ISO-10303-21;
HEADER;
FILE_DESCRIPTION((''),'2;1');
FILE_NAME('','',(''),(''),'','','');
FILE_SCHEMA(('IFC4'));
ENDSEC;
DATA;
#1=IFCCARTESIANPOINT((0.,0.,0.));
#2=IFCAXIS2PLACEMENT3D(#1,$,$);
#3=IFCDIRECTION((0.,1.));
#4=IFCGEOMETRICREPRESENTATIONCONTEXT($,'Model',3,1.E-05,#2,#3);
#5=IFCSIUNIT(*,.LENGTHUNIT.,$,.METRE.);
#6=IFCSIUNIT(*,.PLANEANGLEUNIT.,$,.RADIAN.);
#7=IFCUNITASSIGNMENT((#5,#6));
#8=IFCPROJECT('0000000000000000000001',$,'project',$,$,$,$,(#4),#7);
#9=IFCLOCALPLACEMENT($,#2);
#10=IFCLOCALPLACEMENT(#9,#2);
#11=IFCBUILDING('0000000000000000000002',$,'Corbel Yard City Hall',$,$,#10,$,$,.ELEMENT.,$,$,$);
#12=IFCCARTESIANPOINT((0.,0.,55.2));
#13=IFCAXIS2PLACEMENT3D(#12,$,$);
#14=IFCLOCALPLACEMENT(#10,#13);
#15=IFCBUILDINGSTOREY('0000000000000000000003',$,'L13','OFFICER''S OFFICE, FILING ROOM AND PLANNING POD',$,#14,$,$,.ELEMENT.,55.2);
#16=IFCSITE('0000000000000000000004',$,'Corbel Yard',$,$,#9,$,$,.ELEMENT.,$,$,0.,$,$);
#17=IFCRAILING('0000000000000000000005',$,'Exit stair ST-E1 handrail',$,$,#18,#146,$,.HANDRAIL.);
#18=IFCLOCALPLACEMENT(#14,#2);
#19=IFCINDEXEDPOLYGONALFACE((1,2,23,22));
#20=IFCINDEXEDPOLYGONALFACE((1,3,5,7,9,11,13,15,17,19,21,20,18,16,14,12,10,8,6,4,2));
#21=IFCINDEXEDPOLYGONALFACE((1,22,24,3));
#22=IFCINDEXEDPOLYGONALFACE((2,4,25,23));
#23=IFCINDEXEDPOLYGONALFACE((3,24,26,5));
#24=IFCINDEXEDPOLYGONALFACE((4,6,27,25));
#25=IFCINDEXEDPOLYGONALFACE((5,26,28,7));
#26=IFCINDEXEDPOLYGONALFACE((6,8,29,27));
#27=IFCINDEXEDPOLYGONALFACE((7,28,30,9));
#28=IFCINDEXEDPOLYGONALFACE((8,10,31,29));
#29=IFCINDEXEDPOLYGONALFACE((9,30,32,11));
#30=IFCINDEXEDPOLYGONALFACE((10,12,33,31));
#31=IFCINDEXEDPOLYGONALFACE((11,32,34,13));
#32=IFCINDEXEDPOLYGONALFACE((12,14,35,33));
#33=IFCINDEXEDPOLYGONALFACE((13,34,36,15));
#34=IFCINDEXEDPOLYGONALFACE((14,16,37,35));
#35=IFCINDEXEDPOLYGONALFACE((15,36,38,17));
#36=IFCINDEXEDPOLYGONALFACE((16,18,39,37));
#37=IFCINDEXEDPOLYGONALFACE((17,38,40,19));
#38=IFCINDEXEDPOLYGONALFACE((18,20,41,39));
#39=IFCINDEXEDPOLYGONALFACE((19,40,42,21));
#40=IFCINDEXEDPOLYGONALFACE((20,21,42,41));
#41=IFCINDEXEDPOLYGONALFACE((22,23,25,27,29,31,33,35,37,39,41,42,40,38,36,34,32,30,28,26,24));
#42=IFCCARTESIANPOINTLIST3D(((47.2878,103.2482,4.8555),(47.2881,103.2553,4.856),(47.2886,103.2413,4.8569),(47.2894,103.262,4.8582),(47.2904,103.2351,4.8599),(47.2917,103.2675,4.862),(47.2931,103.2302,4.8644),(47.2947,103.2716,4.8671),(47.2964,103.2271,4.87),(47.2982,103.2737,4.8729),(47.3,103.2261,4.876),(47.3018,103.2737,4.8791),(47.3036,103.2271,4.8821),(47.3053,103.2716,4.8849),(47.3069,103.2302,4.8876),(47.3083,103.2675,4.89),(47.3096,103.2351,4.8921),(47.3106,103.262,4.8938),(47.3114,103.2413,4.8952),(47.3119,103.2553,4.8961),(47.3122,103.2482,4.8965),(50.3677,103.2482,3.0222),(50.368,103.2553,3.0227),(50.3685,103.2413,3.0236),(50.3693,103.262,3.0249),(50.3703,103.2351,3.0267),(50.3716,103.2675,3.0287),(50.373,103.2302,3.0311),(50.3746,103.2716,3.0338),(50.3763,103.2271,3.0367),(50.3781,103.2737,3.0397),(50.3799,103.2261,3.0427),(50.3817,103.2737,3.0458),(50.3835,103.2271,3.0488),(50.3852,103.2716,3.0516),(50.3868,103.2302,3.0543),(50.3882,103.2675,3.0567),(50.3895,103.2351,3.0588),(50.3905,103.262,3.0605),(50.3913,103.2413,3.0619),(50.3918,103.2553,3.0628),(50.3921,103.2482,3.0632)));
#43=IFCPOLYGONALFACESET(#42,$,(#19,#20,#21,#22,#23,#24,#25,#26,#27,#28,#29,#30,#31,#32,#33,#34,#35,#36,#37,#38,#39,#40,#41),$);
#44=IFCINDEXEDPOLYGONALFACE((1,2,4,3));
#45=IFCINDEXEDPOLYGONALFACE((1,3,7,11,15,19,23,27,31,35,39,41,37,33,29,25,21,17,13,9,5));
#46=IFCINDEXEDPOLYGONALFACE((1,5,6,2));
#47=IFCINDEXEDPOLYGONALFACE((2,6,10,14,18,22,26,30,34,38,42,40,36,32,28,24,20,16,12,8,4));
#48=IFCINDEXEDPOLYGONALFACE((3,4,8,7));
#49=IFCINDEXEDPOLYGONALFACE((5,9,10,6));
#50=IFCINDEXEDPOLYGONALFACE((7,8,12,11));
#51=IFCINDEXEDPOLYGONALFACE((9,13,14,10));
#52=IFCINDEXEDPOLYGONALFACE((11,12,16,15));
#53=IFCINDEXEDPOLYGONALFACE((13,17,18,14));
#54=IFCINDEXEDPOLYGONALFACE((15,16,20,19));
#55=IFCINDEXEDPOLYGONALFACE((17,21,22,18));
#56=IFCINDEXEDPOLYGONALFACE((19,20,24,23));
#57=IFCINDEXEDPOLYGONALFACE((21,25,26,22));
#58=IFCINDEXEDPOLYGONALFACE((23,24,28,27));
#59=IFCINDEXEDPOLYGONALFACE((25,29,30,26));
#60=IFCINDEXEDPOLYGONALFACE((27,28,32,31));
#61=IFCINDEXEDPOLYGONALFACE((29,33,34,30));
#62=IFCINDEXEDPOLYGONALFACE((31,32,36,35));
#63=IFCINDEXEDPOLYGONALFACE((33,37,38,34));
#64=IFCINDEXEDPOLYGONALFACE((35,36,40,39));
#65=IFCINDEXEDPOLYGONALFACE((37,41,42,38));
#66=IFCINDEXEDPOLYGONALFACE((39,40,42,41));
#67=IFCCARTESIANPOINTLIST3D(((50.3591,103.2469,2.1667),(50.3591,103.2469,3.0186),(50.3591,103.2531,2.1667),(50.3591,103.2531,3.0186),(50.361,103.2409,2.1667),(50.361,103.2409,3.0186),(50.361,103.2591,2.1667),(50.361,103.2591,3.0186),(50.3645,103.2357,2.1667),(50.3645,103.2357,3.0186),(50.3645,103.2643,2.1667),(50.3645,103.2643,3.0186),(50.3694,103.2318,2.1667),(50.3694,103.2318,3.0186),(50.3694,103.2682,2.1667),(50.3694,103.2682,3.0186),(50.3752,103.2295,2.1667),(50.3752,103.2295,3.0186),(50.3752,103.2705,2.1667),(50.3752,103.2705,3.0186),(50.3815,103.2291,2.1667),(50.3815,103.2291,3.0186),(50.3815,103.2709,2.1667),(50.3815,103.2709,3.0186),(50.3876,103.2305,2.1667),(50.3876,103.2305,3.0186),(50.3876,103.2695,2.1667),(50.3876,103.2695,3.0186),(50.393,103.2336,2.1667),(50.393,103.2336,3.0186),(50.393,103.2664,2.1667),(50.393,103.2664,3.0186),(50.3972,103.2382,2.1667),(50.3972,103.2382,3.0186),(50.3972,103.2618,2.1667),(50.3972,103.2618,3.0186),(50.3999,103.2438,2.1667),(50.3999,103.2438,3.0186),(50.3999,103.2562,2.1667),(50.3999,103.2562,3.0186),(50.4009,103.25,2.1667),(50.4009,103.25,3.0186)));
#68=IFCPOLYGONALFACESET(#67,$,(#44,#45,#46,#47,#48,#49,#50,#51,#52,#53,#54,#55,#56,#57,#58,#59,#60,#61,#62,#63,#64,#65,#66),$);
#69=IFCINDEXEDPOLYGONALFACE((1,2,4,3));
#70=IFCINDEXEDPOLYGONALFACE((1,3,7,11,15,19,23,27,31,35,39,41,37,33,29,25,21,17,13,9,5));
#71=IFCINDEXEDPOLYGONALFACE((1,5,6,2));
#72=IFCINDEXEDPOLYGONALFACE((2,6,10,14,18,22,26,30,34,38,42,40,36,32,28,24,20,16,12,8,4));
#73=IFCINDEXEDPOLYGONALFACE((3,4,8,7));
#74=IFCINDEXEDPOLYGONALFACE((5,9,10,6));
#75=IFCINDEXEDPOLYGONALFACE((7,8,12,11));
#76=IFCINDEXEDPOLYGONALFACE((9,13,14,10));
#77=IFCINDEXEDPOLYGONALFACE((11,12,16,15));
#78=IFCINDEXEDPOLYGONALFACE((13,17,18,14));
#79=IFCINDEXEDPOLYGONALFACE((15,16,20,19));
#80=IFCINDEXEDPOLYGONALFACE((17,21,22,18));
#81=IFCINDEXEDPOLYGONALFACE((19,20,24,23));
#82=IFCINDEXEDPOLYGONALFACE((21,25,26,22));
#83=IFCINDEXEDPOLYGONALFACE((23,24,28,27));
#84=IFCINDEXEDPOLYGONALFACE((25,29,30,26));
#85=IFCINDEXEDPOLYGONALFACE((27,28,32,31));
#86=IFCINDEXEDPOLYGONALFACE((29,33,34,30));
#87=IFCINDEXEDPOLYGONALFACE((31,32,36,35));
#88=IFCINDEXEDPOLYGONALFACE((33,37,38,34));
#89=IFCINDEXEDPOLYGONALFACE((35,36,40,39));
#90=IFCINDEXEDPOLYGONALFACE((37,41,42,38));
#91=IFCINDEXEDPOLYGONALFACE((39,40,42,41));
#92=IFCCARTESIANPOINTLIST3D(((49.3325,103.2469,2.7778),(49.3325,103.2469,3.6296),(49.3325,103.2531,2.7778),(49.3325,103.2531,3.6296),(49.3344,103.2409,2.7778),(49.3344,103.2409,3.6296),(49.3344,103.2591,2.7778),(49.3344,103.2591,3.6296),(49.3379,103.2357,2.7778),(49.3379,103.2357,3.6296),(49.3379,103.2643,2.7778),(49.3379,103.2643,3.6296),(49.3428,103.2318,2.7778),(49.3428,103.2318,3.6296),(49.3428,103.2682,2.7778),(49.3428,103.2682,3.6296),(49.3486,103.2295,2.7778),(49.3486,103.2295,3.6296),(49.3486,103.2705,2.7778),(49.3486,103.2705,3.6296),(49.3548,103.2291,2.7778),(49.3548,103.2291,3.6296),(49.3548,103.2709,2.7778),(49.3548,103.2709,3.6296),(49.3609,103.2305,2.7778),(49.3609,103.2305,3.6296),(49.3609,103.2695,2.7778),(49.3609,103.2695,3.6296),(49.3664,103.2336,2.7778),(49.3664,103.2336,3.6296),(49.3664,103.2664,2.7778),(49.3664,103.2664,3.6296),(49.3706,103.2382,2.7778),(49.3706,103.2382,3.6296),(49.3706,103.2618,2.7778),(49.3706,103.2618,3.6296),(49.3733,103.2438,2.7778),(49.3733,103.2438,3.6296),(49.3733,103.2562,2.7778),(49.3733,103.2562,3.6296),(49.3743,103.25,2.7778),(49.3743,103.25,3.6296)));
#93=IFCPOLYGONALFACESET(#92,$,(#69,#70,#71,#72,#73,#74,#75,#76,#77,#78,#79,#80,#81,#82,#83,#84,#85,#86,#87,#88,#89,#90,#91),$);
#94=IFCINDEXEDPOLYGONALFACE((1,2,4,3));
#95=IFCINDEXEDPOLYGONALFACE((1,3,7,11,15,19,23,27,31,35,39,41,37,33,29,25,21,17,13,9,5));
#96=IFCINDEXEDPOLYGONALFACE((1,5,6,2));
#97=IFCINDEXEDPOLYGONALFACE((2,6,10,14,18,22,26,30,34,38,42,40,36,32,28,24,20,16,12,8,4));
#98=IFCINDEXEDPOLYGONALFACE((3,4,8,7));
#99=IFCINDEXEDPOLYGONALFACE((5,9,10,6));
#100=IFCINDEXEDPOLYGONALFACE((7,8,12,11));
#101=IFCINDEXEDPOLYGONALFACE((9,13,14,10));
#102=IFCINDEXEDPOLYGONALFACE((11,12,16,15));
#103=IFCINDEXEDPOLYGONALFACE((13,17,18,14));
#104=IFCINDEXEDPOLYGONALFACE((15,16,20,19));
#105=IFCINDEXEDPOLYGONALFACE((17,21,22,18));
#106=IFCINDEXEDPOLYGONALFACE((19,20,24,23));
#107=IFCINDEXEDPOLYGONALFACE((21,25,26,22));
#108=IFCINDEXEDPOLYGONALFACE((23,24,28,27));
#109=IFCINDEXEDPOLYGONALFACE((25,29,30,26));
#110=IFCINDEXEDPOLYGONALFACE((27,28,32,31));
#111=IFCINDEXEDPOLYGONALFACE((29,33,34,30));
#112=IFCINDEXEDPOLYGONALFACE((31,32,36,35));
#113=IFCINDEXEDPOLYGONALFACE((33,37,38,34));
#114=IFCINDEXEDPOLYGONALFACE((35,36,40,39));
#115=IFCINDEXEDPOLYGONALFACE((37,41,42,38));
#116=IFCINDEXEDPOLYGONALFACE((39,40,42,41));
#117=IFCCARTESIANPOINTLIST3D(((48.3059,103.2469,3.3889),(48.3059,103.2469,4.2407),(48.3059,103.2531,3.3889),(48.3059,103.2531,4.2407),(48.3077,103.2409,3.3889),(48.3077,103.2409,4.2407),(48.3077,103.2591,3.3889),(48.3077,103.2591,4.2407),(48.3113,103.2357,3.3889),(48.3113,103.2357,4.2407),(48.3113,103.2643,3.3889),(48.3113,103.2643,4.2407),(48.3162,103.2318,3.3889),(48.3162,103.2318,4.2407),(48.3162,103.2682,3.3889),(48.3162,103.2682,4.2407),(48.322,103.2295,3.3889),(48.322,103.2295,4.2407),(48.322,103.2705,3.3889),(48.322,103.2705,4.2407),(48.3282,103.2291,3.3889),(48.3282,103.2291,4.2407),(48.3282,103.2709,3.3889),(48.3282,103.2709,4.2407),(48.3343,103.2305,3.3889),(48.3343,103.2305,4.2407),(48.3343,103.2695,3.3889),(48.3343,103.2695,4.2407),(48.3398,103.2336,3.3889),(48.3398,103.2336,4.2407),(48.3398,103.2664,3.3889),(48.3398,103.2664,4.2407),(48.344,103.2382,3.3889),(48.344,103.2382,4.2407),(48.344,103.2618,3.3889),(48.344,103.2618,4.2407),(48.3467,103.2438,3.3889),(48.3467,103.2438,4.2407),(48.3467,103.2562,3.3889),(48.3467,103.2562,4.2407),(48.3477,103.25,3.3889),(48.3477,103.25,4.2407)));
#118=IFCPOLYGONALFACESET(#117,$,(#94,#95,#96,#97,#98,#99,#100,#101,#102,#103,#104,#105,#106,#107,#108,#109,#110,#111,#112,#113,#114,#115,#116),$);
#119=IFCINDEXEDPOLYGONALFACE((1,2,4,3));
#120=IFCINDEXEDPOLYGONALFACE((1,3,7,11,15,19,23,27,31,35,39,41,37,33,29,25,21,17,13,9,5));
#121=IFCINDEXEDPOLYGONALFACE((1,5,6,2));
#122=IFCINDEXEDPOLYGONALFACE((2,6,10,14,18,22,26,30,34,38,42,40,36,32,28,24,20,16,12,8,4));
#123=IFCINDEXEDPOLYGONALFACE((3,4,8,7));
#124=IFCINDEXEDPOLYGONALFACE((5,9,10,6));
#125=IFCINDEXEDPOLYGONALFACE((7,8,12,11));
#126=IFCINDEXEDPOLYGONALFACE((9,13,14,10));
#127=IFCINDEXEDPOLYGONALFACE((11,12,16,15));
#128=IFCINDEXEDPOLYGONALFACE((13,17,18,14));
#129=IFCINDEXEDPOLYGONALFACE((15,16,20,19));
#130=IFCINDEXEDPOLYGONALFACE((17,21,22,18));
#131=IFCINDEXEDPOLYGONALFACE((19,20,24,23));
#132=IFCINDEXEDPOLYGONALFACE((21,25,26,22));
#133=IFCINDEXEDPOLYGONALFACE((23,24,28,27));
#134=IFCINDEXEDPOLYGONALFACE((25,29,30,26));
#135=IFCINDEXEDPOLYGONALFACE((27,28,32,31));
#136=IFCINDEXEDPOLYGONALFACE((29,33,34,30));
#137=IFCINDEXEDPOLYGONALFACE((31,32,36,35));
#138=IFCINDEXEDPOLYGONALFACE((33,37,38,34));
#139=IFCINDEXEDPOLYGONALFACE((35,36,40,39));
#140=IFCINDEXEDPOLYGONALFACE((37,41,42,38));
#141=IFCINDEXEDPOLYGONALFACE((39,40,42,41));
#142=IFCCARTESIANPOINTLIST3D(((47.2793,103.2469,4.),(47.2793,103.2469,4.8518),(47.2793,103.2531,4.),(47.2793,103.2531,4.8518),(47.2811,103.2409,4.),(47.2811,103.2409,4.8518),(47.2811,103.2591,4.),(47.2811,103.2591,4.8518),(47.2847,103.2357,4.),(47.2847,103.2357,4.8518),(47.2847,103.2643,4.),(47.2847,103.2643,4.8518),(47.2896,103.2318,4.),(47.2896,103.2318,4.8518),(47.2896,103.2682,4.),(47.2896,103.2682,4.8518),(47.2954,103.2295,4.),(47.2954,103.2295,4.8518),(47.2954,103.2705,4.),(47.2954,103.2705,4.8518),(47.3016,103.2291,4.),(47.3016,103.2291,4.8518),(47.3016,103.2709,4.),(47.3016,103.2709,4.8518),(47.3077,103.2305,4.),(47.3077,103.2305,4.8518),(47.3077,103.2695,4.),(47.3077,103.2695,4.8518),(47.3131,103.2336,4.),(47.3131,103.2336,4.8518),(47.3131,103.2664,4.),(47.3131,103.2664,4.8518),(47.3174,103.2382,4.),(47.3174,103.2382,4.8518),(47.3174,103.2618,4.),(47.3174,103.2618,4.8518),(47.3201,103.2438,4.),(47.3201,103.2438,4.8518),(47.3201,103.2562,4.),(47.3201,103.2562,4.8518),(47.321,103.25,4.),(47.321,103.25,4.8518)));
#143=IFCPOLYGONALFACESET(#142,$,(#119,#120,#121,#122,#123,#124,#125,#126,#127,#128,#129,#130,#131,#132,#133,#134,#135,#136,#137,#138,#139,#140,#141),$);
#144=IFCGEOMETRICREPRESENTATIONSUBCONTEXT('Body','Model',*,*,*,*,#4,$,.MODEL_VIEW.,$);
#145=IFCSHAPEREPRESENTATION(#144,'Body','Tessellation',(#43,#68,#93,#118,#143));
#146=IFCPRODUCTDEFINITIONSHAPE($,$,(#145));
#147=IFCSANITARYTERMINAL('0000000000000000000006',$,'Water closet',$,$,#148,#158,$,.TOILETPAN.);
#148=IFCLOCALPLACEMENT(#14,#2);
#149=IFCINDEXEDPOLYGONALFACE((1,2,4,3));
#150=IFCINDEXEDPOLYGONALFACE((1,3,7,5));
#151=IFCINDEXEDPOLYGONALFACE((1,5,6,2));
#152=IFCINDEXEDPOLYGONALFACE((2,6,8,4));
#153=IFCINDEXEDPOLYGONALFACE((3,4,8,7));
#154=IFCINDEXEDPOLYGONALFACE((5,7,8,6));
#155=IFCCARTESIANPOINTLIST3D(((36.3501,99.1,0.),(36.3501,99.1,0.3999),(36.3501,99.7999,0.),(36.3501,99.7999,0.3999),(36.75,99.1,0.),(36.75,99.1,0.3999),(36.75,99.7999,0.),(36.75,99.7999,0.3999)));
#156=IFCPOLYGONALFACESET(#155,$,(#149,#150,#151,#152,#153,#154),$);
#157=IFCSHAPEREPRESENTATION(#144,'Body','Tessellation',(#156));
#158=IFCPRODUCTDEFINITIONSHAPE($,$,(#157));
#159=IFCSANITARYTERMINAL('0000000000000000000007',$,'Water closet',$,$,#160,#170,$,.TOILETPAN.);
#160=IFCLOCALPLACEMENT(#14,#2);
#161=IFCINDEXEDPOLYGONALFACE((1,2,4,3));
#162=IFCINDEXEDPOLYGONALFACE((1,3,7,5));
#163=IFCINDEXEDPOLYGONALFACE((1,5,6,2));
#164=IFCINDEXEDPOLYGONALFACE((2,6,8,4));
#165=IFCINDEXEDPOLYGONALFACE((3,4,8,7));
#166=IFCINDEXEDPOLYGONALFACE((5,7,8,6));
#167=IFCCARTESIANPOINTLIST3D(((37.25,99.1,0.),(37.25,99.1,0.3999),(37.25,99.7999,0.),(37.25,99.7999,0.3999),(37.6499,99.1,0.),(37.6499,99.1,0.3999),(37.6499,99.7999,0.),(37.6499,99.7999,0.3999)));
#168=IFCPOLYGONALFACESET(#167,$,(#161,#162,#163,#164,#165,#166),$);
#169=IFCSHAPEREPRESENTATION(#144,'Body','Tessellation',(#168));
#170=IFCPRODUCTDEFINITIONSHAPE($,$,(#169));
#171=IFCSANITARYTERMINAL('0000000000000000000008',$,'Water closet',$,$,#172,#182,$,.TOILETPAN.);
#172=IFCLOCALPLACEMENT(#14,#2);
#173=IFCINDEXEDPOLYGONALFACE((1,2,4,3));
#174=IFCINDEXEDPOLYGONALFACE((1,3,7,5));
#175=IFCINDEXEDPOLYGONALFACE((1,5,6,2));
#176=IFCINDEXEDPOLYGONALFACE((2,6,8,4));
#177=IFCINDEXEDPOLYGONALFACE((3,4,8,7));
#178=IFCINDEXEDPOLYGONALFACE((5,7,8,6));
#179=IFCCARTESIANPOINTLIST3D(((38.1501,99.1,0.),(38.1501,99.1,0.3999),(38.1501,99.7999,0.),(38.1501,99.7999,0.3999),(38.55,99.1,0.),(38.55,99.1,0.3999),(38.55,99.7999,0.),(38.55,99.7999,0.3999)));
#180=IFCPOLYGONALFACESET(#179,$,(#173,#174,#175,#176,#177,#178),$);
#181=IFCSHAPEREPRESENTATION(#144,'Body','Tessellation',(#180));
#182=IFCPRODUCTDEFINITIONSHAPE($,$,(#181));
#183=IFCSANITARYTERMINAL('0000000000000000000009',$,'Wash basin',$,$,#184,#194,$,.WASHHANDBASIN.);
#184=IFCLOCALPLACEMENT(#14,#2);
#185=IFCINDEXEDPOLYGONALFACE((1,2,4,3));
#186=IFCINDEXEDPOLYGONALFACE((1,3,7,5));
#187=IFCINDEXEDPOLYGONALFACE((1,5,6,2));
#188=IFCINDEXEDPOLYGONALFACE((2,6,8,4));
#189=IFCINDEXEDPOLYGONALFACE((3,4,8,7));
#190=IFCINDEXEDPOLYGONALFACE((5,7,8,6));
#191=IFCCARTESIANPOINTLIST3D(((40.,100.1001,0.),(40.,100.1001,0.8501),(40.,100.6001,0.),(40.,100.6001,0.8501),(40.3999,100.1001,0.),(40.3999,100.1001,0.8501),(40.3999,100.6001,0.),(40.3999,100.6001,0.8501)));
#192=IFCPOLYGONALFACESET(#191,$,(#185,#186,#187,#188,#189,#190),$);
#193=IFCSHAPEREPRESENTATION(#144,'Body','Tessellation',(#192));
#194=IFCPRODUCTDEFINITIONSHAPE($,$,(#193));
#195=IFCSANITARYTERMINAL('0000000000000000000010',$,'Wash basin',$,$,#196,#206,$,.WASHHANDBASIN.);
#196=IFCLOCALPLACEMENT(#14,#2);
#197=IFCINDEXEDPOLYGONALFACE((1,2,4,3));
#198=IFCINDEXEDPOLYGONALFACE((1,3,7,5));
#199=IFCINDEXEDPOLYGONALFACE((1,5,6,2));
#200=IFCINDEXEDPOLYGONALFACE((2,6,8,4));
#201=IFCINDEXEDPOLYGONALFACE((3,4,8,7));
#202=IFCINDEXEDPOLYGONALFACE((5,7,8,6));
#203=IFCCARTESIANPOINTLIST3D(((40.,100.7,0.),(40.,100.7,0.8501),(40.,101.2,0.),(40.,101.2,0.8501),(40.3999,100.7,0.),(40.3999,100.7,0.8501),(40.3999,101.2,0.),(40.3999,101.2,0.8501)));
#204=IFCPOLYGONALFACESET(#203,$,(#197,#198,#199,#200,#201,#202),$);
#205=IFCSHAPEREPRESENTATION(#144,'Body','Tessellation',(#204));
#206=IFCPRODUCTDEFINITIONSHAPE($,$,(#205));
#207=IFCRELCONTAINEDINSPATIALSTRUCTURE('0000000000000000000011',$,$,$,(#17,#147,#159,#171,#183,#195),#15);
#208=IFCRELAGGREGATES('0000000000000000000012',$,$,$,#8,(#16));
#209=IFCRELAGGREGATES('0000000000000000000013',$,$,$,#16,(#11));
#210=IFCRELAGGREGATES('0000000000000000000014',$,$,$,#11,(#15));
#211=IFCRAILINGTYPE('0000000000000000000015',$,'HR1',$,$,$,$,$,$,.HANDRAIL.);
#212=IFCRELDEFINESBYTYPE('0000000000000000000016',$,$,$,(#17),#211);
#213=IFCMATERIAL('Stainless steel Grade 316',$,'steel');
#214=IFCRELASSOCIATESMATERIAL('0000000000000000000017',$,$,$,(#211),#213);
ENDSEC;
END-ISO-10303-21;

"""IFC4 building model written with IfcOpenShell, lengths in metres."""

from ifc_helpers import new_model, si_unit, direction, frame, origin, origin_2d, place, context, subcontext, project, spatial, rectangle, circle, extrude, material, type_object, element, save


model = new_model("IFC4")

# Units and contexts
model_context = context("Model", 3, precision=1e-05, world=origin(), true_north=direction((0.0, 1.0)))
body_context = subcontext(model_context, "Body", "Model", "MODEL_VIEW")
ifc_project = project(units=[si_unit("LENGTHUNIT", "METRE"), si_unit("PLANEANGLEUNIT", "RADIAN")], contexts=[model_context])

# Site, building, storey
site_placement = place(None, origin())
site = spatial("IfcSite", under=ifc_project, at=site_placement, Name="Corbel Yard", CompositionType="ELEMENT", RefElevation=0.0)
building_placement = place(site_placement, origin())
building = spatial("IfcBuilding", under=site, at=building_placement, Name="Corbel Yard City Hall", CompositionType="ELEMENT")
storey_placement = place(building_placement, frame((0.0, 0.0, 55.2)))
storey = spatial("IfcBuildingStorey", under=building, at=storey_placement, Name="L13", Description="OFFICER'S OFFICE, FILING ROOM AND PLANNING POD", CompositionType="ELEMENT", Elevation=55.2)

# Railing
ifc_material_1 = material(Name="Stainless steel Grade 316", Category="steel")
railing_type = type_object("IfcRailingType", Name="HR1", PredefinedType="HANDRAIL", material=ifc_material_1)
for number, where, name in (
    (1, (50.3799, 103.25, 2.1667), "Exit stair ST-E1 handrail"),
):
    element("IfcRailing", number, at=place(storey_placement, frame(where)), inside=storey, type_object=railing_type, Name=name, PredefinedType="HANDRAIL", context=body_context, shape_type="SweptSolid", body=[
        extrude(circle(Radius=0.0239, at=origin_2d()), frame((0.0, 0.0, 0.876), z_axis=(-0.859291, 0.0, 0.511487), x_axis=(0.0, -1.0, 0.0)), (0.0, 0.0, 1.0), 3.5842),
        extrude(circle(Radius=0.021, at=origin_2d()), origin(), (0.0, 0.0, 1.0), 0.8518),
        extrude(circle(Radius=0.021, at=origin_2d()), frame((-1.0266, 0.0, 0.6111)), (0.0, 0.0, 1.0), 0.8518),
        extrude(circle(Radius=0.021, at=origin_2d()), frame((-2.0532, 0.0, 1.2222)), (0.0, 0.0, 1.0), 0.8518),
        extrude(circle(Radius=0.021, at=origin_2d()), frame((-3.0798, 0.0, 1.8333)), (0.0, 0.0, 1.0), 0.8518),
    ])

# Sanitary terminals
for number, where, z_axis, x_axis, name in (
    (2, (36.55, 99.45, 0.0), (0.0, 0.0, 1.0), (1.0, 0.0, 0.0), "Water closet"),
    (3, (37.45, 99.45, 0.0), (0.0, 0.0, 1.0), (1.0, 0.0, 0.0), "Water closet"),
    (4, (38.3501, 99.45, 0.0), (0.0, 0.0, 1.0), (1.0, 0.0, 0.0), "Water closet"),
):
    element("IfcSanitaryTerminal", number, at=place(storey_placement, frame(where, z_axis=z_axis, x_axis=x_axis)), inside=storey, Name=name, PredefinedType="TOILETPAN", context=body_context, shape_type="SweptSolid", body=[
        extrude(rectangle(XDim=0.3999, YDim=0.7, at=origin_2d()), origin(), (0.0, 0.0, 1.0), 0.3999),
    ])
for number, where, z_axis, x_axis, name in (
    (5, (40.2, 100.3501, 0.0), (0.0, 0.0, 1.0), (1.0, 0.0, 0.0), "Wash basin"),
    (6, (40.2, 100.95, 0.0), (0.0, 0.0, 1.0), (1.0, 0.0, 0.0), "Wash basin"),
):
    element("IfcSanitaryTerminal", number, at=place(storey_placement, frame(where, z_axis=z_axis, x_axis=x_axis)), inside=storey, Name=name, PredefinedType="WASHHANDBASIN", context=body_context, shape_type="SweptSolid", body=[
        extrude(rectangle(XDim=0.3999, YDim=0.5, at=origin_2d()), origin(), (0.0, 0.0, 1.0), 0.8501),
    ])

save(model, "model.ifc")
